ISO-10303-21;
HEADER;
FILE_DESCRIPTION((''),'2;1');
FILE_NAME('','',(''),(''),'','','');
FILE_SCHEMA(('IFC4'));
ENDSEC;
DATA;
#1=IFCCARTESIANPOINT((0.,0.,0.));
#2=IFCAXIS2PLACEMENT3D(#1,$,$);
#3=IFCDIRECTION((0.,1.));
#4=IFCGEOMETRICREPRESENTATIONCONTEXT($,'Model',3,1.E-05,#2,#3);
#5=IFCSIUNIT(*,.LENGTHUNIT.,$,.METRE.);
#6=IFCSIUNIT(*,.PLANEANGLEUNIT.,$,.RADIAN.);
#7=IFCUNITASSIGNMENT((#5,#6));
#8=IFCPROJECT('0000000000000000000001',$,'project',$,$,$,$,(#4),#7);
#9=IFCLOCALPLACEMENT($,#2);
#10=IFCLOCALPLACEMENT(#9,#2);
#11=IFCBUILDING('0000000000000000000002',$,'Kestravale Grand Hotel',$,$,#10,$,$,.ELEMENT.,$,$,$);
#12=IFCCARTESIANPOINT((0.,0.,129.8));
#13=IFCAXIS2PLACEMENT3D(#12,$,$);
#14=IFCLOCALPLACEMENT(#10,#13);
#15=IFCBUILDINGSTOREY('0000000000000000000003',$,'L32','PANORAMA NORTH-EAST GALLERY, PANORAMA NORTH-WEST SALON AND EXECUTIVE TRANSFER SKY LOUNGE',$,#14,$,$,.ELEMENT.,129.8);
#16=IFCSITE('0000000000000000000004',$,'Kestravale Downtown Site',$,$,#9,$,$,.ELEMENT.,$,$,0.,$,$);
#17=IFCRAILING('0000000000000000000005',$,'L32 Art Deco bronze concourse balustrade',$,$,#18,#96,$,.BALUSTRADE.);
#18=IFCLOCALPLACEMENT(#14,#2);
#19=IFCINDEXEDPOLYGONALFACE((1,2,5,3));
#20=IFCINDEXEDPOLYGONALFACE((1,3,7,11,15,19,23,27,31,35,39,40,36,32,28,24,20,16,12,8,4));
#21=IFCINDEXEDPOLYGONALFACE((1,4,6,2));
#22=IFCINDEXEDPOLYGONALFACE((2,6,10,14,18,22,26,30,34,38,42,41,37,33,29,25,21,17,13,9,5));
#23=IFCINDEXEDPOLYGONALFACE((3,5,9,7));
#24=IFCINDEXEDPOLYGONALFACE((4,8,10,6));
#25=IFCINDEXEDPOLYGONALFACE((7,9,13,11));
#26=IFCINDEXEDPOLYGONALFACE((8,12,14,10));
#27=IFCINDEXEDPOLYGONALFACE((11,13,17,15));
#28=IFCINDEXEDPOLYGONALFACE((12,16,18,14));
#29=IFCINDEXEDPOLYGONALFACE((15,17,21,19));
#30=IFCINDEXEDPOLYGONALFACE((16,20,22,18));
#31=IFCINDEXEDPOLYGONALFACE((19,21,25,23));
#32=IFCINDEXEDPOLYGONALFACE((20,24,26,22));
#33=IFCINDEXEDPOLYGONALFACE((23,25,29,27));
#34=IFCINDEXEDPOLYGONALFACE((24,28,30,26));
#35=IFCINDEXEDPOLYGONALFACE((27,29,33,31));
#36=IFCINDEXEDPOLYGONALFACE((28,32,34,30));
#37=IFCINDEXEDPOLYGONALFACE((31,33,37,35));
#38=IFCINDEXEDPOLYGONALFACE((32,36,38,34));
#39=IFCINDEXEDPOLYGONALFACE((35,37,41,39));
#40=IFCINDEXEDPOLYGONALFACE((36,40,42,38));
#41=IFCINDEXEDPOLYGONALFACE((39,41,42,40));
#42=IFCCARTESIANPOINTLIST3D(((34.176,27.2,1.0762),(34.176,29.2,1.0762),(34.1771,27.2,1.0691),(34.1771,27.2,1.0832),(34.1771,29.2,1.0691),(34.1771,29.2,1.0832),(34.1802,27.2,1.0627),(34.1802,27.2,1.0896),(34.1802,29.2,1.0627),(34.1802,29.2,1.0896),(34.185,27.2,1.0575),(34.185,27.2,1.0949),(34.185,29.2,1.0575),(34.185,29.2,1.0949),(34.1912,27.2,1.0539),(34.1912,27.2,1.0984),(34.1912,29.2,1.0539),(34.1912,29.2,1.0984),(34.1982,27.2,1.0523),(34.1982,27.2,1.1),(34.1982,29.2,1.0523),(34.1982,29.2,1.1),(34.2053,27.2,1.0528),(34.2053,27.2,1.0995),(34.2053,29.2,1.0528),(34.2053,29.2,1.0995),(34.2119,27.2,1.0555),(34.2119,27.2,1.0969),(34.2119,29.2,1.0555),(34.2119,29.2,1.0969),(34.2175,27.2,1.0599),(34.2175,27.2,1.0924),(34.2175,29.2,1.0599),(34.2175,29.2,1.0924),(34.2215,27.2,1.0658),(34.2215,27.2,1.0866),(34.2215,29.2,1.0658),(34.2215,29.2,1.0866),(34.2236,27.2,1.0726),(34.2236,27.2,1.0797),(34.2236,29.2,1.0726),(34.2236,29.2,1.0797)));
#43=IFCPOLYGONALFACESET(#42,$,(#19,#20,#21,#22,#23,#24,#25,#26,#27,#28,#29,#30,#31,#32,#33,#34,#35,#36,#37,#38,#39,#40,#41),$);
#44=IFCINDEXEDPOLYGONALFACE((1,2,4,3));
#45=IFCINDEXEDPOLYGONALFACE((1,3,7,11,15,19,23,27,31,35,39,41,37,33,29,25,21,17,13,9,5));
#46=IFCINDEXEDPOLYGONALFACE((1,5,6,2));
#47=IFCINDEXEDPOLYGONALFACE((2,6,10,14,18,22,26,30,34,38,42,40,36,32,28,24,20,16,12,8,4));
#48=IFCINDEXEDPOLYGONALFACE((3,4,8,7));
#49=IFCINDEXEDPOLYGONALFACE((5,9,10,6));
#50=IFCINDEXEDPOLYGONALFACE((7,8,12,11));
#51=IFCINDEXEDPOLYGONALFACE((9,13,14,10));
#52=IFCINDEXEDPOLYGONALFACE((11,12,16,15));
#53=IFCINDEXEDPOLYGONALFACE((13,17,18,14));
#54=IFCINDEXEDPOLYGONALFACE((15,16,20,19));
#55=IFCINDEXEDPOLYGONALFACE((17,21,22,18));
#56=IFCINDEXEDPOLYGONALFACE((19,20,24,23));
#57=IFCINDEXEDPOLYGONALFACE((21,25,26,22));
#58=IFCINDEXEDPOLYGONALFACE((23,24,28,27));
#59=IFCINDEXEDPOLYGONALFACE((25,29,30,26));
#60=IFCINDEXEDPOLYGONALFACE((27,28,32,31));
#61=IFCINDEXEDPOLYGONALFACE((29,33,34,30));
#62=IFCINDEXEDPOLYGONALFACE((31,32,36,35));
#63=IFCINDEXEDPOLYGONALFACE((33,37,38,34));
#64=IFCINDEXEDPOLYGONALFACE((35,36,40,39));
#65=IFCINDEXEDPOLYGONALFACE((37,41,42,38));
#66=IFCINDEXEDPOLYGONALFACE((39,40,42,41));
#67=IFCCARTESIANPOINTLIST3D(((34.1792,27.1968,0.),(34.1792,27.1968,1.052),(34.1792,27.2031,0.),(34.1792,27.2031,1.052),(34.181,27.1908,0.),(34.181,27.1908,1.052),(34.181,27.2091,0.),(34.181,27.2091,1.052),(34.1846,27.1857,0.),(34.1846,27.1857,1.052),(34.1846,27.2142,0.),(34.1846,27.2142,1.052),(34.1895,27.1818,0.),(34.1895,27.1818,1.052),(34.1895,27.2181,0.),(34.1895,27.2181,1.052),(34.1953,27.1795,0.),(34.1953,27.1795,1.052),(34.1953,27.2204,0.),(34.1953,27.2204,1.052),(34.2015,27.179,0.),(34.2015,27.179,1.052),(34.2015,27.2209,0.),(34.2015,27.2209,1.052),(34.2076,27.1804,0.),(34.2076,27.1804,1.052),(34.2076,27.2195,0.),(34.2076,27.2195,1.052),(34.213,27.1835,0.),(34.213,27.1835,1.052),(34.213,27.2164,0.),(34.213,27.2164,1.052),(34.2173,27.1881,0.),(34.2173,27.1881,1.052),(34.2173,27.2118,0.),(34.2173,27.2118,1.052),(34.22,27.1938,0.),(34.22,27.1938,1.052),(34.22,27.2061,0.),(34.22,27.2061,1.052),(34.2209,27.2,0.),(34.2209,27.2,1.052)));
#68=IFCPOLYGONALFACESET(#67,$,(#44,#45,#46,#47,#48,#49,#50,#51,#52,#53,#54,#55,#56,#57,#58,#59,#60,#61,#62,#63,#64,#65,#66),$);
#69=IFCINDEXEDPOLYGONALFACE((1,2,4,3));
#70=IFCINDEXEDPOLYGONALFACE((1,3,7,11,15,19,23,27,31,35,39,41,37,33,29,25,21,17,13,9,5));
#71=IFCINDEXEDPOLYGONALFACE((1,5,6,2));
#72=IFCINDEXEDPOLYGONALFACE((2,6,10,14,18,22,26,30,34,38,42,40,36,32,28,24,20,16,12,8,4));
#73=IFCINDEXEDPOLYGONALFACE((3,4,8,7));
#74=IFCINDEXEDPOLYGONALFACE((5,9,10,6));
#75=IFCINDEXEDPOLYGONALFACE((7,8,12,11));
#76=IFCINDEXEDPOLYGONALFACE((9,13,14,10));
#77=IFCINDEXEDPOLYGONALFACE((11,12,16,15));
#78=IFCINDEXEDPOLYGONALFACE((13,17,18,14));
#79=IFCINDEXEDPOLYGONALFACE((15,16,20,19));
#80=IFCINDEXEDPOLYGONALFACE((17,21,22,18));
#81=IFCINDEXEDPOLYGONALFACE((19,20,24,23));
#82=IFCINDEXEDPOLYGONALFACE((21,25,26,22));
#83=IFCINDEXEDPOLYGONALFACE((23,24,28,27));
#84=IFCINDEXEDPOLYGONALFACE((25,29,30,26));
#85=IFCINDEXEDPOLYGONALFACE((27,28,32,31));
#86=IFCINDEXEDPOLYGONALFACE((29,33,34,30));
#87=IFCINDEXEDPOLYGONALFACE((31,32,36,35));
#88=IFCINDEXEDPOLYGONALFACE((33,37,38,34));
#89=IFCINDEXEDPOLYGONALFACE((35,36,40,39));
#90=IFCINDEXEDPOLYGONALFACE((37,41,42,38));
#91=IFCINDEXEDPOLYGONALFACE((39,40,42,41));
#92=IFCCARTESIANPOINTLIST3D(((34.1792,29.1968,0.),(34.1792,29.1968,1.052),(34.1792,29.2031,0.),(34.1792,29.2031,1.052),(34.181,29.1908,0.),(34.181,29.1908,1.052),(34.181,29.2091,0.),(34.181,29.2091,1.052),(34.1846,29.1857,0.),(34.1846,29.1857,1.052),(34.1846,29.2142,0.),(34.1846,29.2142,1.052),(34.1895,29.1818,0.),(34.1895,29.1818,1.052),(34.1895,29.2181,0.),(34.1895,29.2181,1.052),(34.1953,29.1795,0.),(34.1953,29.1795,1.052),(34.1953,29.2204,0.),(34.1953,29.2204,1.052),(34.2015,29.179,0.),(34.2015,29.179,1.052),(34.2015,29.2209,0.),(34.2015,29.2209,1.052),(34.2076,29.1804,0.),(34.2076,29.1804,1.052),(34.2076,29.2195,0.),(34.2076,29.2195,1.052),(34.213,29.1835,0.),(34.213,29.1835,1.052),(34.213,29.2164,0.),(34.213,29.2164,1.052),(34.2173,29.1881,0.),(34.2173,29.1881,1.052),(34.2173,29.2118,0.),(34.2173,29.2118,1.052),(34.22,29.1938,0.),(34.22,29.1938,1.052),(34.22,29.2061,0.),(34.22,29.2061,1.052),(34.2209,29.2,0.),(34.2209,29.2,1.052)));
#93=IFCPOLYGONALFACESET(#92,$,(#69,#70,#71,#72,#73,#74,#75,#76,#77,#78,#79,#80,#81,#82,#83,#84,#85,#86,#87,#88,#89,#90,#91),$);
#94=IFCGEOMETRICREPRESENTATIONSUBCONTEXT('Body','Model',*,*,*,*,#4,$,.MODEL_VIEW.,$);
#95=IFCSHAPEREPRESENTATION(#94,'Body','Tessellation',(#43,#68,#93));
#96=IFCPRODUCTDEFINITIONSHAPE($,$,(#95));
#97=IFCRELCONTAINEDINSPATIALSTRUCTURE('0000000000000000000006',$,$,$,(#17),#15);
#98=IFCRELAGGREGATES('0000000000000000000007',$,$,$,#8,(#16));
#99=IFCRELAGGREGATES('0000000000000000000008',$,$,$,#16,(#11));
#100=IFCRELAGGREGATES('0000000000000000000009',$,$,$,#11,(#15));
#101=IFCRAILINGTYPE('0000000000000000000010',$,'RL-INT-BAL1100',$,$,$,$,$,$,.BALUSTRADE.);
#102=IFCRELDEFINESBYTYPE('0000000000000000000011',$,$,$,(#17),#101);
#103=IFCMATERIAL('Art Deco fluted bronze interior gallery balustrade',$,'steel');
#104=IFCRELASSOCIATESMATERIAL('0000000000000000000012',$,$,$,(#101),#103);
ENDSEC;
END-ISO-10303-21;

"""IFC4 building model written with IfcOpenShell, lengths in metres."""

from ifc_helpers import new_model, si_unit, direction, frame, origin, origin_2d, place, context, subcontext, project, spatial, circle, extrude, material, type_object, element, save


model = new_model("IFC4")

# Units and contexts
model_context = context("Model", 3, precision=1e-05, world=origin(), true_north=direction((0.0, 1.0)))
body_context = subcontext(model_context, "Body", "Model", "MODEL_VIEW")
ifc_project = project(units=[si_unit("LENGTHUNIT", "METRE"), si_unit("PLANEANGLEUNIT", "RADIAN")], contexts=[model_context])

# Site, building, storey
site_placement = place(None, origin())
site = spatial("IfcSite", under=ifc_project, at=site_placement, Name="Kestravale Downtown Site", CompositionType="ELEMENT", RefElevation=0.0)
building_placement = place(site_placement, origin())
building = spatial("IfcBuilding", under=site, at=building_placement, Name="Kestravale Grand Hotel", CompositionType="ELEMENT")
storey_placement = place(building_placement, frame((0.0, 0.0, 129.8)))
storey = spatial("IfcBuildingStorey", under=building, at=storey_placement, Name="L32", Description="PANORAMA NORTH-EAST GALLERY, PANORAMA NORTH-WEST SALON AND EXECUTIVE TRANSFER SKY LOUNGE", CompositionType="ELEMENT", Elevation=129.8)

# Railing
ifc_material_1 = material(Name="Art Deco fluted bronze interior gallery balustrade", Category="steel")
railing_type = type_object("IfcRailingType", Name="RL-INT-BAL1100", PredefinedType="BALUSTRADE", material=ifc_material_1)
railing_placement = place(storey_placement, frame((34.2, 27.2, 0.0)))
element("IfcRailing", 1, at=railing_placement, inside=storey, type_object=railing_type, Name="L32 Art Deco bronze concourse balustrade", PredefinedType="BALUSTRADE", context=body_context, shape_type="SweptSolid", body=[
    extrude(circle(Radius=0.0239, at=origin_2d()), frame((0.0, 0.0, 1.0762), z_axis=(0.0, 1.0, 0.0), x_axis=(-1.0, 0.0, 0.0)), (0.0, 0.0, 1.0), 2.0),
    extrude(circle(Radius=0.021, at=origin_2d()), origin(), (0.0, 0.0, 1.0), 1.052),
    extrude(circle(Radius=0.021, at=origin_2d()), frame((0.0, 2.0, 0.0)), (0.0, 0.0, 1.0), 1.052),
])

save(model, "model.ifc")
